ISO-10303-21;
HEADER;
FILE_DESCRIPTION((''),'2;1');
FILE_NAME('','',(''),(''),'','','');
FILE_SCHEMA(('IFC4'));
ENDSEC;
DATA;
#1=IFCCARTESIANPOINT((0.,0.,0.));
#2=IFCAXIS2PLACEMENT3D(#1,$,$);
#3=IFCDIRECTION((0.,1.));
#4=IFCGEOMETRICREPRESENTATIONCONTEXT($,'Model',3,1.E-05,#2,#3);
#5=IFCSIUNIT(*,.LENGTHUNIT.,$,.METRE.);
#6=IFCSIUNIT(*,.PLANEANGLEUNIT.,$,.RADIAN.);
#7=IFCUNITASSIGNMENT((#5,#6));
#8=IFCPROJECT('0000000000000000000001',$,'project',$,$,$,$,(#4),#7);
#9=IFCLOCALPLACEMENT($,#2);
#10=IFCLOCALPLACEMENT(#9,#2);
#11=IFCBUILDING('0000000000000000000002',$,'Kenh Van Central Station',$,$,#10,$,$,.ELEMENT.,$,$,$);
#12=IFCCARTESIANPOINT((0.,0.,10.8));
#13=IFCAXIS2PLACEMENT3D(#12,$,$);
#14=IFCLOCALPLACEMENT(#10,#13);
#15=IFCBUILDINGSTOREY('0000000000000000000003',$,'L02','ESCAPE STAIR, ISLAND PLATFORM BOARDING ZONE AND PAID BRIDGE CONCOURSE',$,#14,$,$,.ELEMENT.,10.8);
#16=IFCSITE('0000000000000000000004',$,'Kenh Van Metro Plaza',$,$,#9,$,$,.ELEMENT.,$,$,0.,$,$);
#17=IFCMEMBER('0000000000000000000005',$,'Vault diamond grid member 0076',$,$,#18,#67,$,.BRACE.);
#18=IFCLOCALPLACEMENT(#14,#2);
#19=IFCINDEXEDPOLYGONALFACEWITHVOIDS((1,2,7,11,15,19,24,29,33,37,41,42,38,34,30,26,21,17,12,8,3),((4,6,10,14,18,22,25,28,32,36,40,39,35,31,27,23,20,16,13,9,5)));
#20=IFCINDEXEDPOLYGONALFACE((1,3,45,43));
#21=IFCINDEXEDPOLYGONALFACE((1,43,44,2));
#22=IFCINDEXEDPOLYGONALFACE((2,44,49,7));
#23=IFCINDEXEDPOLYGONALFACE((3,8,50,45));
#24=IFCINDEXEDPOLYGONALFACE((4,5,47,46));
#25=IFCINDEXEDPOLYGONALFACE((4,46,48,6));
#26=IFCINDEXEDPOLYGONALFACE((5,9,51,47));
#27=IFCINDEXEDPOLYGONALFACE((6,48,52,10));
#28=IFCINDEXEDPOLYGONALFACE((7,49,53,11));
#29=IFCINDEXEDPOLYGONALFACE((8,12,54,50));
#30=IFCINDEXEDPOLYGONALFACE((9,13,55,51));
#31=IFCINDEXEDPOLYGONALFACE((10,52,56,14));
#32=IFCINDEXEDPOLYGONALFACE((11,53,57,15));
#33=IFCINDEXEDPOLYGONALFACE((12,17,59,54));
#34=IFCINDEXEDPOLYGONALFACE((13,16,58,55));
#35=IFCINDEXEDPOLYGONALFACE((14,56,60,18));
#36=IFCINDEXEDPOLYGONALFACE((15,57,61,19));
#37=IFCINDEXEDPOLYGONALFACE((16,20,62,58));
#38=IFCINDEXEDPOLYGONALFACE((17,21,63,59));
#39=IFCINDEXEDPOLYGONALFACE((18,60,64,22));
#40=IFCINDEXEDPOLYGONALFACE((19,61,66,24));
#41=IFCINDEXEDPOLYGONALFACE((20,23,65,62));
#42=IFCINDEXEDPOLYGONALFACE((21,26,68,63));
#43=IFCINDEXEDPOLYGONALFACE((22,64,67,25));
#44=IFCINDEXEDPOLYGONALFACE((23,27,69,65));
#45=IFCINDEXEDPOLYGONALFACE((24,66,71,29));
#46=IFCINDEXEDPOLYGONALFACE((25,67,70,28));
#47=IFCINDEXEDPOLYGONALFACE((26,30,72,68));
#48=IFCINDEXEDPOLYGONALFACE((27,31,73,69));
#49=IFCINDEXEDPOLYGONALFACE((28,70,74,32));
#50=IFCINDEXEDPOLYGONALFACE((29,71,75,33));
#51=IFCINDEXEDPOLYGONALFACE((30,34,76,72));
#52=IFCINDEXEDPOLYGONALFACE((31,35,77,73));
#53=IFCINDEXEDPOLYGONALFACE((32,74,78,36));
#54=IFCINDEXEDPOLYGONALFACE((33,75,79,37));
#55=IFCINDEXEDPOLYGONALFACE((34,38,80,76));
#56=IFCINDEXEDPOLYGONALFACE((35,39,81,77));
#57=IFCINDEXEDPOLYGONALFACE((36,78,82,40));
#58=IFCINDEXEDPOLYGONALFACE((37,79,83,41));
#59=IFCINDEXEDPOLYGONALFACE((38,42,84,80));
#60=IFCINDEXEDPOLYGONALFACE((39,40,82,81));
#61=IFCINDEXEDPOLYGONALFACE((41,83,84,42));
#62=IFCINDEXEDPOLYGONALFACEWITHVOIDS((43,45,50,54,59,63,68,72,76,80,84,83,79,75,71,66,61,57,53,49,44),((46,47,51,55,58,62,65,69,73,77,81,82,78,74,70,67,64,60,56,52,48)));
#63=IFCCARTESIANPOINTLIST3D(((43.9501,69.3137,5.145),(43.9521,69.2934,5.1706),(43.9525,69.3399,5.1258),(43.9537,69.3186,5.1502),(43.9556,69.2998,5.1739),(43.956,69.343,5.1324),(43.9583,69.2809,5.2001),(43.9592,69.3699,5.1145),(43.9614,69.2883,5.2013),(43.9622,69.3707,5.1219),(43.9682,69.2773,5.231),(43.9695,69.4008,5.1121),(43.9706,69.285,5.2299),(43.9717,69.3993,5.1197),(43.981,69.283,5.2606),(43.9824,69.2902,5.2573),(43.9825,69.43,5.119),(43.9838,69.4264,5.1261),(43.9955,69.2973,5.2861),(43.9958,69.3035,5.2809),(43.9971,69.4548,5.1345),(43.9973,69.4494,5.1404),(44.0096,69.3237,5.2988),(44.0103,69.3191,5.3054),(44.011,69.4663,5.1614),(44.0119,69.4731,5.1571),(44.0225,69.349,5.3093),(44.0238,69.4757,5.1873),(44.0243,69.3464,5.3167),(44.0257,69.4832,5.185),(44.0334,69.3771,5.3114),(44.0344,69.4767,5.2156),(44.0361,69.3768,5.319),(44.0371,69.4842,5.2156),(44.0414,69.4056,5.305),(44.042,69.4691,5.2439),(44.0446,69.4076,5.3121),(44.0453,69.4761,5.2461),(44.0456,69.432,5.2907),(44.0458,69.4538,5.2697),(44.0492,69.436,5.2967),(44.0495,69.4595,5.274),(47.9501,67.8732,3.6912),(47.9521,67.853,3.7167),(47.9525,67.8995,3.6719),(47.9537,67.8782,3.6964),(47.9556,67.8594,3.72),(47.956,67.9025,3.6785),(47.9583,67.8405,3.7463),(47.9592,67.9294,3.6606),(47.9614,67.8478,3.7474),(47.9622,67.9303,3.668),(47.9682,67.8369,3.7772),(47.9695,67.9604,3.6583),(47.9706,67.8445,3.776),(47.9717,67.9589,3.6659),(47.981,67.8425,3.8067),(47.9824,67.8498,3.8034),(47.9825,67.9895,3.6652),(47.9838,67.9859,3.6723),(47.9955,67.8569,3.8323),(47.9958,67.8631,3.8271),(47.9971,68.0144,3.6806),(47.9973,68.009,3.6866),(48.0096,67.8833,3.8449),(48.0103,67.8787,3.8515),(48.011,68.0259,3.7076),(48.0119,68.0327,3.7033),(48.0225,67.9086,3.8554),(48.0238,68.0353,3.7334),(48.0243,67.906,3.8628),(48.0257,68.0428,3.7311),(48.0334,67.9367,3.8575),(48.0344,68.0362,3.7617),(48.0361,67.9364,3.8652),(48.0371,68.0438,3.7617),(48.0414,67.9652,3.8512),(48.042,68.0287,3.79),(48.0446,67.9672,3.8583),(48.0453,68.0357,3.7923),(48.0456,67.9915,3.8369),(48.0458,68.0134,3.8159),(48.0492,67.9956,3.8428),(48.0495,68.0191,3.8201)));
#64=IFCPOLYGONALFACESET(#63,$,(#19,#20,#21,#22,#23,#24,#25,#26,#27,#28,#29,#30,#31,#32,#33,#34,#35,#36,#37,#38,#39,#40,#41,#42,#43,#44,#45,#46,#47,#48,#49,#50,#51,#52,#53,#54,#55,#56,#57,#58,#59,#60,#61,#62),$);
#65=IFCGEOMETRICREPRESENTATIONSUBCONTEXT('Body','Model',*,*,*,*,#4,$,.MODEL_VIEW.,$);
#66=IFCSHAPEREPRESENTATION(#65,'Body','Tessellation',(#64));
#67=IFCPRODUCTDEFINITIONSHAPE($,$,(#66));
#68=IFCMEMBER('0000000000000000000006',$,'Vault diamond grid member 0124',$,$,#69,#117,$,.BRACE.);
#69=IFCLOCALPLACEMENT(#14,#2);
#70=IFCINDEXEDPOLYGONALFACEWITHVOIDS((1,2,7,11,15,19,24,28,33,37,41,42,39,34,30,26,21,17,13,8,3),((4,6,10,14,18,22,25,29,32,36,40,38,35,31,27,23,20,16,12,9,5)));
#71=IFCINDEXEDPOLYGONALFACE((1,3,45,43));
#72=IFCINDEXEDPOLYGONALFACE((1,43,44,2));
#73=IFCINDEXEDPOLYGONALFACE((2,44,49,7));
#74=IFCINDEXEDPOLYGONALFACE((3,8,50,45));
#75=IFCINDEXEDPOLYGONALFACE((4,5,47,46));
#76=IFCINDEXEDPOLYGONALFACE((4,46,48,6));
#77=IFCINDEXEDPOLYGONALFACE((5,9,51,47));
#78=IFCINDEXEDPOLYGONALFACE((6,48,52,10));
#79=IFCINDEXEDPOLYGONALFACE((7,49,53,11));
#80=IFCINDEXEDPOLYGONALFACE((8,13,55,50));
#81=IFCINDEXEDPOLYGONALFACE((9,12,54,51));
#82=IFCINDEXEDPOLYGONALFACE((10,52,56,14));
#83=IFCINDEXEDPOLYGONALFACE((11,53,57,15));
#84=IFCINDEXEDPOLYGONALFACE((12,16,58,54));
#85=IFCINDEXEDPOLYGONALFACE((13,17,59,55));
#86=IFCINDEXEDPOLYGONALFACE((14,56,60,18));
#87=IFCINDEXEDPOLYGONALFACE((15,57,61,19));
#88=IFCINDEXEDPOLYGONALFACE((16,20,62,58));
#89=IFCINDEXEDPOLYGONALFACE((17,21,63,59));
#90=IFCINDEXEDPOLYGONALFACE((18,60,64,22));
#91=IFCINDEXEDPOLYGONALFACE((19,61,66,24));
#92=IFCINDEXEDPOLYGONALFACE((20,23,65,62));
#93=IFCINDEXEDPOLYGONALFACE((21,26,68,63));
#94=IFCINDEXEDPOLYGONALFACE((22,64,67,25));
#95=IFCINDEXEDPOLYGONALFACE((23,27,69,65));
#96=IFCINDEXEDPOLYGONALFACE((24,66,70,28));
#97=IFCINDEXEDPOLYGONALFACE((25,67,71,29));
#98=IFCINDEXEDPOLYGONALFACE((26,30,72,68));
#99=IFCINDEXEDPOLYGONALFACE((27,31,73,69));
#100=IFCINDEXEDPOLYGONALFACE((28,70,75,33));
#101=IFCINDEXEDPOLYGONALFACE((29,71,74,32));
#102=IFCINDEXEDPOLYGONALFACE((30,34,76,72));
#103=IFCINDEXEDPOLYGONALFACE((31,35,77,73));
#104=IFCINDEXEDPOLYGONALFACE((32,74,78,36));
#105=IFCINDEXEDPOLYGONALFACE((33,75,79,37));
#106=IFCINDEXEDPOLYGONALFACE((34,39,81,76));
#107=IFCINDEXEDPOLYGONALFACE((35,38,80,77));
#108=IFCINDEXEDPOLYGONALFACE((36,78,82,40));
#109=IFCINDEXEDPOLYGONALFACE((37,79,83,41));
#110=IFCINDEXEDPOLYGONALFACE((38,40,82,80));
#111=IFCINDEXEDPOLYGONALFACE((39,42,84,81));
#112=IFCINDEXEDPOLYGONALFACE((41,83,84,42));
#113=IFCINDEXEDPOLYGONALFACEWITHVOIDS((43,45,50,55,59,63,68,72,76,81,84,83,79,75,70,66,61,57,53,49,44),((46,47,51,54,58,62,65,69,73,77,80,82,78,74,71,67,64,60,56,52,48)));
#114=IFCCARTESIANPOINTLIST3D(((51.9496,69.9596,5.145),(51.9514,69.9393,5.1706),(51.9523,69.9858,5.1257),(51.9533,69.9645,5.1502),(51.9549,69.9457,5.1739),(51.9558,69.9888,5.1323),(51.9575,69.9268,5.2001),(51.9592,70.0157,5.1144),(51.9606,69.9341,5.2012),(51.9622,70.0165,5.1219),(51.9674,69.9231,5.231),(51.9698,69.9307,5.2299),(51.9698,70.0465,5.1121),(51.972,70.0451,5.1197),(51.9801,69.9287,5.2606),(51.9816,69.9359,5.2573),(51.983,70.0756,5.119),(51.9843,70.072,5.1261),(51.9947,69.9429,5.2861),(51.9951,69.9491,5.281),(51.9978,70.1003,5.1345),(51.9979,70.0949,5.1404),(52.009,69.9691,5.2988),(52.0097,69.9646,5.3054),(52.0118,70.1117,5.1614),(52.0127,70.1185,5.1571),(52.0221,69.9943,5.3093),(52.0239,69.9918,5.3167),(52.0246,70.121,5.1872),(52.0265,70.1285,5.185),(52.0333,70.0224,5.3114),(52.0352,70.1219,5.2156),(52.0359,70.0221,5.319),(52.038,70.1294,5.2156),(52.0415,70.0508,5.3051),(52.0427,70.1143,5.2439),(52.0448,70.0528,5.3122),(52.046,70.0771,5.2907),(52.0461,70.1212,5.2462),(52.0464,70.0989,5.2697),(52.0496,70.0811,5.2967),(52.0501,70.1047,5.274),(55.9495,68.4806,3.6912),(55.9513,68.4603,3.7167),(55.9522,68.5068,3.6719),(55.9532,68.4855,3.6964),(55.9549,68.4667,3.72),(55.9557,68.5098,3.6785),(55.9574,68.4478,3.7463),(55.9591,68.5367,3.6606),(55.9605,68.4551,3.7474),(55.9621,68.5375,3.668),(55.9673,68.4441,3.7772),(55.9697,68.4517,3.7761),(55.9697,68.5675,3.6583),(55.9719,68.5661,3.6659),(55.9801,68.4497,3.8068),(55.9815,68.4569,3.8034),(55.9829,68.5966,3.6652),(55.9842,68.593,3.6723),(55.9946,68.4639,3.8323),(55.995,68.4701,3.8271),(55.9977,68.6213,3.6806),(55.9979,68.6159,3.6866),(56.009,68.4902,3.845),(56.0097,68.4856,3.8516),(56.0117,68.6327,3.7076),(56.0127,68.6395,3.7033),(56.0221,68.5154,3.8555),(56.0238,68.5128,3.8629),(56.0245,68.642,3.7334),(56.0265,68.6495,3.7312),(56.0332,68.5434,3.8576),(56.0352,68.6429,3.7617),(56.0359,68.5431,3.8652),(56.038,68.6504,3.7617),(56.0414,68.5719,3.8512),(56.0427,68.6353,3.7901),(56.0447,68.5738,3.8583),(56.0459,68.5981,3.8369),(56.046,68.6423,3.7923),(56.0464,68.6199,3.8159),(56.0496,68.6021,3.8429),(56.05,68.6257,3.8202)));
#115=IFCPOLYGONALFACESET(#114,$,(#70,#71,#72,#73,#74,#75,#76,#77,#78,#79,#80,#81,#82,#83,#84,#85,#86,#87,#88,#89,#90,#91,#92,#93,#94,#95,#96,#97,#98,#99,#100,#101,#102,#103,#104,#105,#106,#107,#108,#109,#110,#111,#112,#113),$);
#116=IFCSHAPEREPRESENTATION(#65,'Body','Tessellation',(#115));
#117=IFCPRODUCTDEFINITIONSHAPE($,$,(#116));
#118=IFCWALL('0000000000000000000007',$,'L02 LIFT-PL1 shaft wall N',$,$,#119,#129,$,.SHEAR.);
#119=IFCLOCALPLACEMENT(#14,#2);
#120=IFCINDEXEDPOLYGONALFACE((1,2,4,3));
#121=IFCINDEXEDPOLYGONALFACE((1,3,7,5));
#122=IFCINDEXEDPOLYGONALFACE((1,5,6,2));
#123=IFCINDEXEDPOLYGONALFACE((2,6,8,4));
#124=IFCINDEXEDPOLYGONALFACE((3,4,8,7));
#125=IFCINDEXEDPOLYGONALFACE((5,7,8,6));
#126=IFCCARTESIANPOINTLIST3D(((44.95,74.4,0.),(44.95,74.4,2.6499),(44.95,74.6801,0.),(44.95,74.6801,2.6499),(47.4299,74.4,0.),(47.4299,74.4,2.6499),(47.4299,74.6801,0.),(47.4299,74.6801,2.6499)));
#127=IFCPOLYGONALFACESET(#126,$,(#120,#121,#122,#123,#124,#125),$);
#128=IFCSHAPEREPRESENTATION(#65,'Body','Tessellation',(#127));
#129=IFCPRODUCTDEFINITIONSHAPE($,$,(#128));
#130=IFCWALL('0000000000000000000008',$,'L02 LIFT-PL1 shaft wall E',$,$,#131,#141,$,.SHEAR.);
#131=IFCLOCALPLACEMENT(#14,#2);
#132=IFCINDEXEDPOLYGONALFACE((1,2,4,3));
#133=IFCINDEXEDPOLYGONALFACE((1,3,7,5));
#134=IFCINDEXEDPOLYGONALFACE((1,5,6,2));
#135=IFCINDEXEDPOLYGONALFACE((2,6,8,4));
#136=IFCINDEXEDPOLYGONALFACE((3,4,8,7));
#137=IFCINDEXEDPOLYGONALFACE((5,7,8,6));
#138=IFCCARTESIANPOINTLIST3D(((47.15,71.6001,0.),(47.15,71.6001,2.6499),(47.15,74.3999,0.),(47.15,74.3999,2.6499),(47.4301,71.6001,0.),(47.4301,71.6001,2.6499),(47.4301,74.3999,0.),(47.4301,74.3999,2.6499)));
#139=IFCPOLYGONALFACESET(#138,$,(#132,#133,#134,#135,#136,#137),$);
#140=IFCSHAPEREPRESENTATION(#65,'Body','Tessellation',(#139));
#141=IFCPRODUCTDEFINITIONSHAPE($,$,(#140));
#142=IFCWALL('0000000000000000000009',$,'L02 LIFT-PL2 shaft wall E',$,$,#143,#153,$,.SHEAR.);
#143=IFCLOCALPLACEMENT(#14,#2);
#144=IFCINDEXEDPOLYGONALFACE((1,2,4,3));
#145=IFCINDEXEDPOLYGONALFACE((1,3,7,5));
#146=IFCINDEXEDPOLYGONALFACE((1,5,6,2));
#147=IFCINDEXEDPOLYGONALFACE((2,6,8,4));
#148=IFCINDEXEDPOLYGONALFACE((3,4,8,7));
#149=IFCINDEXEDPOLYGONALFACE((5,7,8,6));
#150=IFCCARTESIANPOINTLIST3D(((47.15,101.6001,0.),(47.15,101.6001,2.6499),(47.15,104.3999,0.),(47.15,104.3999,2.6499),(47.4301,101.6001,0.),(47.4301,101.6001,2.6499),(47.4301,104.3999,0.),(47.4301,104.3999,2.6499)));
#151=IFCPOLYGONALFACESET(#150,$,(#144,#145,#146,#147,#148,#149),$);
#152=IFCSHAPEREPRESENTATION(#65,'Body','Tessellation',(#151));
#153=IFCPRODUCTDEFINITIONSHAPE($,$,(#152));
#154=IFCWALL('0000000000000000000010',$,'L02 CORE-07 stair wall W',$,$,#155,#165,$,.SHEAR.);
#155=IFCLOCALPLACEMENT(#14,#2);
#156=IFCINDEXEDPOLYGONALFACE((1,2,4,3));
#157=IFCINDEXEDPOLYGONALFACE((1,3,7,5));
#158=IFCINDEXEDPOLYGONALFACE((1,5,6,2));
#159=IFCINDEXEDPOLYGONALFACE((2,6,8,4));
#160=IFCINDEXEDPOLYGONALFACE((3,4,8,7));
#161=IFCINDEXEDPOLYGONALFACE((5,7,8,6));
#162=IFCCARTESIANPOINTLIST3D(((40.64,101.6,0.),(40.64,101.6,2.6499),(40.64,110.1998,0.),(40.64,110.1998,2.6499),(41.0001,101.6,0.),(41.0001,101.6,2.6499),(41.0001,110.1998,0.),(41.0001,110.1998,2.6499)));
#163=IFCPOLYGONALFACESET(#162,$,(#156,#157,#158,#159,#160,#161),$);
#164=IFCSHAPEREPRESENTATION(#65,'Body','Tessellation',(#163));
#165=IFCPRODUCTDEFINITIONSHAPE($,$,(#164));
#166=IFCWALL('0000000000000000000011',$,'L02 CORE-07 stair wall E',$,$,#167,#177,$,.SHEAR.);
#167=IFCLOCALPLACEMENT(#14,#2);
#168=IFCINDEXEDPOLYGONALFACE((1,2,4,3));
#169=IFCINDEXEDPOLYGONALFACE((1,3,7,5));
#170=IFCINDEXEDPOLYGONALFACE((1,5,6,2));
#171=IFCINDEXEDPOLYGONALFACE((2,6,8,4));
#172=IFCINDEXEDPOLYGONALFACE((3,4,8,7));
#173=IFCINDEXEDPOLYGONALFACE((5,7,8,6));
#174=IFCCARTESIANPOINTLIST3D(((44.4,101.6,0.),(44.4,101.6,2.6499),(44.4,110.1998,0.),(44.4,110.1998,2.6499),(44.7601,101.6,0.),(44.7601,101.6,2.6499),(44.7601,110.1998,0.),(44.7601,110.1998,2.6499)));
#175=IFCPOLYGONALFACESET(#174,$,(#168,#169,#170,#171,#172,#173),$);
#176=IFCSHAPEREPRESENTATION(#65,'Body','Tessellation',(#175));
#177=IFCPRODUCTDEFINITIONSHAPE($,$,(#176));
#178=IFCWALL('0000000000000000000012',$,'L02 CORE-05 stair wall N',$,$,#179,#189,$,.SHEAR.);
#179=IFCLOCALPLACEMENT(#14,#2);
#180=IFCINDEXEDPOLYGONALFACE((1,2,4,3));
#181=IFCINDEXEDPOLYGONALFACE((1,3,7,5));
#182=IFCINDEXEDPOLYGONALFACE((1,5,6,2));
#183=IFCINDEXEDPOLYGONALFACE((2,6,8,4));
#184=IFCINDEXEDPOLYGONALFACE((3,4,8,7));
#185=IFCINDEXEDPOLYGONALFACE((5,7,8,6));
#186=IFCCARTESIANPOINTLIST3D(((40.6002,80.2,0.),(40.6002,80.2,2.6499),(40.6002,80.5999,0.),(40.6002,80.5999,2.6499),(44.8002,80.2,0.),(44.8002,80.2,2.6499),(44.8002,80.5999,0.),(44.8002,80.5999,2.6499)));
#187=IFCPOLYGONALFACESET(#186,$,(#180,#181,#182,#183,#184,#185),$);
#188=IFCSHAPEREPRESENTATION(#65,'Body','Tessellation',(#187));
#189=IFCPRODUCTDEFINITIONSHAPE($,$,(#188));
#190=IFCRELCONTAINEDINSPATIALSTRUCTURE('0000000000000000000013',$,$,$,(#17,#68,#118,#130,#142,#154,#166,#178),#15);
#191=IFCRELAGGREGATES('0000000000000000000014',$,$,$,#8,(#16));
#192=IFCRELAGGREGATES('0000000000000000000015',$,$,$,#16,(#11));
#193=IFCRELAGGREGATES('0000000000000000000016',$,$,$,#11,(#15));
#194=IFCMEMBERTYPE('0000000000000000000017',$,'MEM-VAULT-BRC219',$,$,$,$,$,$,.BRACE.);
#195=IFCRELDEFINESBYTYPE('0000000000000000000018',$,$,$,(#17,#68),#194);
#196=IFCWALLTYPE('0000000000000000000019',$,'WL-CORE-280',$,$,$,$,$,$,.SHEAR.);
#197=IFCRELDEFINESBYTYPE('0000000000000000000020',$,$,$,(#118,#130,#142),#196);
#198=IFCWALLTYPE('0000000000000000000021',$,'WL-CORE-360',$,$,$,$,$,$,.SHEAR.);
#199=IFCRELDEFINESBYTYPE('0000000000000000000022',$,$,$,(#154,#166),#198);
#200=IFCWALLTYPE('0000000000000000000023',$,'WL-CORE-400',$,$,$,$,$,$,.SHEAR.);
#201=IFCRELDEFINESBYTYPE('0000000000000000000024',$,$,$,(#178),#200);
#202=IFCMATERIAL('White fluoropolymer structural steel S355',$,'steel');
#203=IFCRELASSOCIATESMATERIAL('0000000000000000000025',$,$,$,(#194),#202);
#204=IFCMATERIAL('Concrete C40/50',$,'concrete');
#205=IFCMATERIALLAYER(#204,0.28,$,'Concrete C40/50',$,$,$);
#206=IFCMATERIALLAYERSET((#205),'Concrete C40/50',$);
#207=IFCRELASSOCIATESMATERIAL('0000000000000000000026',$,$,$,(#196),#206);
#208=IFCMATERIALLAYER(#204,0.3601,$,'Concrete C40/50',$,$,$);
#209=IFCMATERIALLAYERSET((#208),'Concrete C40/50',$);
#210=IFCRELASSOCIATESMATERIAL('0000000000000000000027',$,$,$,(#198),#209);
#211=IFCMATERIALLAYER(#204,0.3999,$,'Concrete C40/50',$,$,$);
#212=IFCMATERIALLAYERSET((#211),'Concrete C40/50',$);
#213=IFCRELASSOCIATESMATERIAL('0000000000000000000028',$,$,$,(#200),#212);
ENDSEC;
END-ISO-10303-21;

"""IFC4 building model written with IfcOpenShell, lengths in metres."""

from ifc_helpers import new_model, si_unit, direction, frame, frame_2d, origin, origin_2d, place, context, subcontext, project, spatial, rectangle, hollow_circle, extrude, material, layer, layer_set, material_profile, profile_set, type_object, element, save


model = new_model("IFC4")

# Units and contexts
model_context = context("Model", 3, precision=1e-05, world=origin(), true_north=direction((0.0, 1.0)))
body_context = subcontext(model_context, "Body", "Model", "MODEL_VIEW")
ifc_project = project(units=[si_unit("LENGTHUNIT", "METRE"), si_unit("PLANEANGLEUNIT", "RADIAN")], contexts=[model_context])

# Site, building, storey
site_placement = place(None, origin())
site = spatial("IfcSite", under=ifc_project, at=site_placement, Name="Kenh Van Metro Plaza", CompositionType="ELEMENT", RefElevation=0.0)
building_placement = place(site_placement, origin())
building = spatial("IfcBuilding", under=site, at=building_placement, Name="Kenh Van Central Station", CompositionType="ELEMENT")
storey_placement = place(building_placement, frame((0.0, 0.0, 10.8)))
storey = spatial("IfcBuildingStorey", under=building, at=storey_placement, Name="L02", Description="ESCAPE STAIR, ISLAND PLATFORM BOARDING ZONE AND PAID BRIDGE CONCOURSE", CompositionType="ELEMENT", Elevation=10.8)

# Members
ifc_material_1 = material(Name="White fluoropolymer structural steel S355", Category="steel")
ifc_material_profile = material_profile(ifc_material_1, hollow_circle(Radius=0.1096, WallThickness=0.0081, at=origin_2d()), Name="CHS 219.1x8")
ifc_profile_set = profile_set([ifc_material_profile], Name="White fluoropolymer structural steel S355")
member_type = type_object("IfcMemberType", Name="MEM-VAULT-BRC219", PredefinedType="BRACE", material=ifc_profile_set)
member_1_placement = place(storey_placement, frame((44.0, 69.3811, 5.2156), z_axis=(0.890241, -0.320582, -0.323571), x_axis=(0.338809, 0.940855, 0.0)))
element("IfcMember", 1, at=member_1_placement, inside=storey, type_object=member_type, Name="Vault diamond grid member 0076", PredefinedType="BRACE", context=body_context, shape_type="SweptSolid", body=[
    extrude(hollow_circle(Radius=0.1096, WallThickness=0.0081, at=origin_2d()), origin(), (0.0, 0.0, 1.0), 4.4932),
])
member_2_placement = place(storey_placement, frame((52.0, 70.0266, 5.2156), z_axis=(0.887768, -0.328253, -0.322672), x_axis=(0.346803, 0.937938, 0.0)))
element("IfcMember", 2, at=member_2_placement, inside=storey, type_object=member_type, Name="Vault diamond grid member 0124", PredefinedType="BRACE", context=body_context, shape_type="SweptSolid", body=[
    extrude(hollow_circle(Radius=0.1096, WallThickness=0.0081, at=origin_2d()), origin(), (0.0, 0.0, 1.0), 4.5056),
])

# Shared definitions
ifc_material_2 = material(Name="Concrete C40/50", Category="concrete")
ifc_layer_1 = layer(ifc_material_2, 0.28, Name="Concrete C40/50")
ifc_layer_set_1 = layer_set([ifc_layer_1], Name="Concrete C40/50")
wall_type_1 = type_object("IfcWallType", Name="WL-CORE-280", PredefinedType="SHEAR", material=ifc_layer_set_1)

# Walls
wall_1_placement = place(storey_placement, frame((44.95, 74.54, 0.0), z_axis=(0.0, 0.0, 1.0), x_axis=(1.0, 0.0, 0.0)))
element("IfcWall", 3, at=wall_1_placement, inside=storey, type_object=wall_type_1, Name="L02 LIFT-PL1 shaft wall N", PredefinedType="SHEAR", context=body_context, shape_type="SweptSolid", body=[
    extrude(rectangle(XDim=2.48, YDim=0.28, at=frame_2d((1.24, 0.0))), origin(), (0.0, 0.0, 1.0), 2.6499),
])
wall_2_placement = place(storey_placement, frame((47.29, 71.6001, 0.0), z_axis=(0.0, 0.0, 1.0), x_axis=(0.0, 1.0, 0.0)))
element("IfcWall", 4, at=wall_2_placement, inside=storey, type_object=wall_type_1, Name="L02 LIFT-PL1 shaft wall E", PredefinedType="SHEAR", context=body_context, shape_type="SweptSolid", body=[
    extrude(rectangle(XDim=2.7998, YDim=0.28, at=frame_2d((1.3999, 0.0))), origin(), (0.0, 0.0, 1.0), 2.6499),
])

# Wall
wall_3_placement = place(storey_placement, frame((47.29, 101.6001, 0.0), z_axis=(0.0, 0.0, 1.0), x_axis=(0.0, 1.0, 0.0)))
element("IfcWall", 5, at=wall_3_placement, inside=storey, type_object=wall_type_1, Name="L02 LIFT-PL2 shaft wall E", PredefinedType="SHEAR", context=body_context, shape_type="SweptSolid", body=[
    extrude(rectangle(XDim=2.7998, YDim=0.28, at=frame_2d((1.3999, 0.0))), origin(), (0.0, 0.0, 1.0), 2.6499),
])

# Shared definitions
ifc_layer_2 = layer(ifc_material_2, 0.3601, Name="Concrete C40/50")
ifc_layer_set_2 = layer_set([ifc_layer_2], Name="Concrete C40/50")
wall_type_2 = type_object("IfcWallType", Name="WL-CORE-360", PredefinedType="SHEAR", material=ifc_layer_set_2)

# Walls
for number, where, z_axis, x_axis, name in (
    (6, (40.8201, 101.6001, 0.0), (0.0, 0.0, 1.0), (0.0, 1.0, 0.0), "L02 CORE-07 stair wall W"),
    (7, (44.5801, 101.6001, 0.0), (0.0, 0.0, 1.0), (0.0, 1.0, 0.0), "L02 CORE-07 stair wall E"),
):
    element("IfcWall", number, at=place(storey_placement, frame(where, z_axis=z_axis, x_axis=x_axis)), inside=storey, type_object=wall_type_2, Name=name, PredefinedType="SHEAR", context=body_context, shape_type="SweptSolid", body=[
        extrude(rectangle(XDim=8.5999, YDim=0.3601, at=frame_2d((4.2998, 0.0))), origin(), (0.0, 0.0, 1.0), 2.6499),
    ])

# Shared definitions
ifc_layer_3 = layer(ifc_material_2, 0.3999, Name="Concrete C40/50")
ifc_layer_set_3 = layer_set([ifc_layer_3], Name="Concrete C40/50")
wall_type_3 = type_object("IfcWallType", Name="WL-CORE-400", PredefinedType="SHEAR", material=ifc_layer_set_3)

# Wall
wall_4_placement = place(storey_placement, frame((40.6001, 80.3999, 0.0), z_axis=(0.0, 0.0, 1.0), x_axis=(1.0, 0.0, 0.0)))
element("IfcWall", 8, at=wall_4_placement, inside=storey, type_object=wall_type_3, Name="L02 CORE-05 stair wall N", PredefinedType="SHEAR", context=body_context, shape_type="SweptSolid", body=[
    extrude(rectangle(XDim=4.2, YDim=0.3999, at=frame_2d((2.1001, 0.0))), origin(), (0.0, 0.0, 1.0), 2.6499),
])

save(model, "model.ifc")
